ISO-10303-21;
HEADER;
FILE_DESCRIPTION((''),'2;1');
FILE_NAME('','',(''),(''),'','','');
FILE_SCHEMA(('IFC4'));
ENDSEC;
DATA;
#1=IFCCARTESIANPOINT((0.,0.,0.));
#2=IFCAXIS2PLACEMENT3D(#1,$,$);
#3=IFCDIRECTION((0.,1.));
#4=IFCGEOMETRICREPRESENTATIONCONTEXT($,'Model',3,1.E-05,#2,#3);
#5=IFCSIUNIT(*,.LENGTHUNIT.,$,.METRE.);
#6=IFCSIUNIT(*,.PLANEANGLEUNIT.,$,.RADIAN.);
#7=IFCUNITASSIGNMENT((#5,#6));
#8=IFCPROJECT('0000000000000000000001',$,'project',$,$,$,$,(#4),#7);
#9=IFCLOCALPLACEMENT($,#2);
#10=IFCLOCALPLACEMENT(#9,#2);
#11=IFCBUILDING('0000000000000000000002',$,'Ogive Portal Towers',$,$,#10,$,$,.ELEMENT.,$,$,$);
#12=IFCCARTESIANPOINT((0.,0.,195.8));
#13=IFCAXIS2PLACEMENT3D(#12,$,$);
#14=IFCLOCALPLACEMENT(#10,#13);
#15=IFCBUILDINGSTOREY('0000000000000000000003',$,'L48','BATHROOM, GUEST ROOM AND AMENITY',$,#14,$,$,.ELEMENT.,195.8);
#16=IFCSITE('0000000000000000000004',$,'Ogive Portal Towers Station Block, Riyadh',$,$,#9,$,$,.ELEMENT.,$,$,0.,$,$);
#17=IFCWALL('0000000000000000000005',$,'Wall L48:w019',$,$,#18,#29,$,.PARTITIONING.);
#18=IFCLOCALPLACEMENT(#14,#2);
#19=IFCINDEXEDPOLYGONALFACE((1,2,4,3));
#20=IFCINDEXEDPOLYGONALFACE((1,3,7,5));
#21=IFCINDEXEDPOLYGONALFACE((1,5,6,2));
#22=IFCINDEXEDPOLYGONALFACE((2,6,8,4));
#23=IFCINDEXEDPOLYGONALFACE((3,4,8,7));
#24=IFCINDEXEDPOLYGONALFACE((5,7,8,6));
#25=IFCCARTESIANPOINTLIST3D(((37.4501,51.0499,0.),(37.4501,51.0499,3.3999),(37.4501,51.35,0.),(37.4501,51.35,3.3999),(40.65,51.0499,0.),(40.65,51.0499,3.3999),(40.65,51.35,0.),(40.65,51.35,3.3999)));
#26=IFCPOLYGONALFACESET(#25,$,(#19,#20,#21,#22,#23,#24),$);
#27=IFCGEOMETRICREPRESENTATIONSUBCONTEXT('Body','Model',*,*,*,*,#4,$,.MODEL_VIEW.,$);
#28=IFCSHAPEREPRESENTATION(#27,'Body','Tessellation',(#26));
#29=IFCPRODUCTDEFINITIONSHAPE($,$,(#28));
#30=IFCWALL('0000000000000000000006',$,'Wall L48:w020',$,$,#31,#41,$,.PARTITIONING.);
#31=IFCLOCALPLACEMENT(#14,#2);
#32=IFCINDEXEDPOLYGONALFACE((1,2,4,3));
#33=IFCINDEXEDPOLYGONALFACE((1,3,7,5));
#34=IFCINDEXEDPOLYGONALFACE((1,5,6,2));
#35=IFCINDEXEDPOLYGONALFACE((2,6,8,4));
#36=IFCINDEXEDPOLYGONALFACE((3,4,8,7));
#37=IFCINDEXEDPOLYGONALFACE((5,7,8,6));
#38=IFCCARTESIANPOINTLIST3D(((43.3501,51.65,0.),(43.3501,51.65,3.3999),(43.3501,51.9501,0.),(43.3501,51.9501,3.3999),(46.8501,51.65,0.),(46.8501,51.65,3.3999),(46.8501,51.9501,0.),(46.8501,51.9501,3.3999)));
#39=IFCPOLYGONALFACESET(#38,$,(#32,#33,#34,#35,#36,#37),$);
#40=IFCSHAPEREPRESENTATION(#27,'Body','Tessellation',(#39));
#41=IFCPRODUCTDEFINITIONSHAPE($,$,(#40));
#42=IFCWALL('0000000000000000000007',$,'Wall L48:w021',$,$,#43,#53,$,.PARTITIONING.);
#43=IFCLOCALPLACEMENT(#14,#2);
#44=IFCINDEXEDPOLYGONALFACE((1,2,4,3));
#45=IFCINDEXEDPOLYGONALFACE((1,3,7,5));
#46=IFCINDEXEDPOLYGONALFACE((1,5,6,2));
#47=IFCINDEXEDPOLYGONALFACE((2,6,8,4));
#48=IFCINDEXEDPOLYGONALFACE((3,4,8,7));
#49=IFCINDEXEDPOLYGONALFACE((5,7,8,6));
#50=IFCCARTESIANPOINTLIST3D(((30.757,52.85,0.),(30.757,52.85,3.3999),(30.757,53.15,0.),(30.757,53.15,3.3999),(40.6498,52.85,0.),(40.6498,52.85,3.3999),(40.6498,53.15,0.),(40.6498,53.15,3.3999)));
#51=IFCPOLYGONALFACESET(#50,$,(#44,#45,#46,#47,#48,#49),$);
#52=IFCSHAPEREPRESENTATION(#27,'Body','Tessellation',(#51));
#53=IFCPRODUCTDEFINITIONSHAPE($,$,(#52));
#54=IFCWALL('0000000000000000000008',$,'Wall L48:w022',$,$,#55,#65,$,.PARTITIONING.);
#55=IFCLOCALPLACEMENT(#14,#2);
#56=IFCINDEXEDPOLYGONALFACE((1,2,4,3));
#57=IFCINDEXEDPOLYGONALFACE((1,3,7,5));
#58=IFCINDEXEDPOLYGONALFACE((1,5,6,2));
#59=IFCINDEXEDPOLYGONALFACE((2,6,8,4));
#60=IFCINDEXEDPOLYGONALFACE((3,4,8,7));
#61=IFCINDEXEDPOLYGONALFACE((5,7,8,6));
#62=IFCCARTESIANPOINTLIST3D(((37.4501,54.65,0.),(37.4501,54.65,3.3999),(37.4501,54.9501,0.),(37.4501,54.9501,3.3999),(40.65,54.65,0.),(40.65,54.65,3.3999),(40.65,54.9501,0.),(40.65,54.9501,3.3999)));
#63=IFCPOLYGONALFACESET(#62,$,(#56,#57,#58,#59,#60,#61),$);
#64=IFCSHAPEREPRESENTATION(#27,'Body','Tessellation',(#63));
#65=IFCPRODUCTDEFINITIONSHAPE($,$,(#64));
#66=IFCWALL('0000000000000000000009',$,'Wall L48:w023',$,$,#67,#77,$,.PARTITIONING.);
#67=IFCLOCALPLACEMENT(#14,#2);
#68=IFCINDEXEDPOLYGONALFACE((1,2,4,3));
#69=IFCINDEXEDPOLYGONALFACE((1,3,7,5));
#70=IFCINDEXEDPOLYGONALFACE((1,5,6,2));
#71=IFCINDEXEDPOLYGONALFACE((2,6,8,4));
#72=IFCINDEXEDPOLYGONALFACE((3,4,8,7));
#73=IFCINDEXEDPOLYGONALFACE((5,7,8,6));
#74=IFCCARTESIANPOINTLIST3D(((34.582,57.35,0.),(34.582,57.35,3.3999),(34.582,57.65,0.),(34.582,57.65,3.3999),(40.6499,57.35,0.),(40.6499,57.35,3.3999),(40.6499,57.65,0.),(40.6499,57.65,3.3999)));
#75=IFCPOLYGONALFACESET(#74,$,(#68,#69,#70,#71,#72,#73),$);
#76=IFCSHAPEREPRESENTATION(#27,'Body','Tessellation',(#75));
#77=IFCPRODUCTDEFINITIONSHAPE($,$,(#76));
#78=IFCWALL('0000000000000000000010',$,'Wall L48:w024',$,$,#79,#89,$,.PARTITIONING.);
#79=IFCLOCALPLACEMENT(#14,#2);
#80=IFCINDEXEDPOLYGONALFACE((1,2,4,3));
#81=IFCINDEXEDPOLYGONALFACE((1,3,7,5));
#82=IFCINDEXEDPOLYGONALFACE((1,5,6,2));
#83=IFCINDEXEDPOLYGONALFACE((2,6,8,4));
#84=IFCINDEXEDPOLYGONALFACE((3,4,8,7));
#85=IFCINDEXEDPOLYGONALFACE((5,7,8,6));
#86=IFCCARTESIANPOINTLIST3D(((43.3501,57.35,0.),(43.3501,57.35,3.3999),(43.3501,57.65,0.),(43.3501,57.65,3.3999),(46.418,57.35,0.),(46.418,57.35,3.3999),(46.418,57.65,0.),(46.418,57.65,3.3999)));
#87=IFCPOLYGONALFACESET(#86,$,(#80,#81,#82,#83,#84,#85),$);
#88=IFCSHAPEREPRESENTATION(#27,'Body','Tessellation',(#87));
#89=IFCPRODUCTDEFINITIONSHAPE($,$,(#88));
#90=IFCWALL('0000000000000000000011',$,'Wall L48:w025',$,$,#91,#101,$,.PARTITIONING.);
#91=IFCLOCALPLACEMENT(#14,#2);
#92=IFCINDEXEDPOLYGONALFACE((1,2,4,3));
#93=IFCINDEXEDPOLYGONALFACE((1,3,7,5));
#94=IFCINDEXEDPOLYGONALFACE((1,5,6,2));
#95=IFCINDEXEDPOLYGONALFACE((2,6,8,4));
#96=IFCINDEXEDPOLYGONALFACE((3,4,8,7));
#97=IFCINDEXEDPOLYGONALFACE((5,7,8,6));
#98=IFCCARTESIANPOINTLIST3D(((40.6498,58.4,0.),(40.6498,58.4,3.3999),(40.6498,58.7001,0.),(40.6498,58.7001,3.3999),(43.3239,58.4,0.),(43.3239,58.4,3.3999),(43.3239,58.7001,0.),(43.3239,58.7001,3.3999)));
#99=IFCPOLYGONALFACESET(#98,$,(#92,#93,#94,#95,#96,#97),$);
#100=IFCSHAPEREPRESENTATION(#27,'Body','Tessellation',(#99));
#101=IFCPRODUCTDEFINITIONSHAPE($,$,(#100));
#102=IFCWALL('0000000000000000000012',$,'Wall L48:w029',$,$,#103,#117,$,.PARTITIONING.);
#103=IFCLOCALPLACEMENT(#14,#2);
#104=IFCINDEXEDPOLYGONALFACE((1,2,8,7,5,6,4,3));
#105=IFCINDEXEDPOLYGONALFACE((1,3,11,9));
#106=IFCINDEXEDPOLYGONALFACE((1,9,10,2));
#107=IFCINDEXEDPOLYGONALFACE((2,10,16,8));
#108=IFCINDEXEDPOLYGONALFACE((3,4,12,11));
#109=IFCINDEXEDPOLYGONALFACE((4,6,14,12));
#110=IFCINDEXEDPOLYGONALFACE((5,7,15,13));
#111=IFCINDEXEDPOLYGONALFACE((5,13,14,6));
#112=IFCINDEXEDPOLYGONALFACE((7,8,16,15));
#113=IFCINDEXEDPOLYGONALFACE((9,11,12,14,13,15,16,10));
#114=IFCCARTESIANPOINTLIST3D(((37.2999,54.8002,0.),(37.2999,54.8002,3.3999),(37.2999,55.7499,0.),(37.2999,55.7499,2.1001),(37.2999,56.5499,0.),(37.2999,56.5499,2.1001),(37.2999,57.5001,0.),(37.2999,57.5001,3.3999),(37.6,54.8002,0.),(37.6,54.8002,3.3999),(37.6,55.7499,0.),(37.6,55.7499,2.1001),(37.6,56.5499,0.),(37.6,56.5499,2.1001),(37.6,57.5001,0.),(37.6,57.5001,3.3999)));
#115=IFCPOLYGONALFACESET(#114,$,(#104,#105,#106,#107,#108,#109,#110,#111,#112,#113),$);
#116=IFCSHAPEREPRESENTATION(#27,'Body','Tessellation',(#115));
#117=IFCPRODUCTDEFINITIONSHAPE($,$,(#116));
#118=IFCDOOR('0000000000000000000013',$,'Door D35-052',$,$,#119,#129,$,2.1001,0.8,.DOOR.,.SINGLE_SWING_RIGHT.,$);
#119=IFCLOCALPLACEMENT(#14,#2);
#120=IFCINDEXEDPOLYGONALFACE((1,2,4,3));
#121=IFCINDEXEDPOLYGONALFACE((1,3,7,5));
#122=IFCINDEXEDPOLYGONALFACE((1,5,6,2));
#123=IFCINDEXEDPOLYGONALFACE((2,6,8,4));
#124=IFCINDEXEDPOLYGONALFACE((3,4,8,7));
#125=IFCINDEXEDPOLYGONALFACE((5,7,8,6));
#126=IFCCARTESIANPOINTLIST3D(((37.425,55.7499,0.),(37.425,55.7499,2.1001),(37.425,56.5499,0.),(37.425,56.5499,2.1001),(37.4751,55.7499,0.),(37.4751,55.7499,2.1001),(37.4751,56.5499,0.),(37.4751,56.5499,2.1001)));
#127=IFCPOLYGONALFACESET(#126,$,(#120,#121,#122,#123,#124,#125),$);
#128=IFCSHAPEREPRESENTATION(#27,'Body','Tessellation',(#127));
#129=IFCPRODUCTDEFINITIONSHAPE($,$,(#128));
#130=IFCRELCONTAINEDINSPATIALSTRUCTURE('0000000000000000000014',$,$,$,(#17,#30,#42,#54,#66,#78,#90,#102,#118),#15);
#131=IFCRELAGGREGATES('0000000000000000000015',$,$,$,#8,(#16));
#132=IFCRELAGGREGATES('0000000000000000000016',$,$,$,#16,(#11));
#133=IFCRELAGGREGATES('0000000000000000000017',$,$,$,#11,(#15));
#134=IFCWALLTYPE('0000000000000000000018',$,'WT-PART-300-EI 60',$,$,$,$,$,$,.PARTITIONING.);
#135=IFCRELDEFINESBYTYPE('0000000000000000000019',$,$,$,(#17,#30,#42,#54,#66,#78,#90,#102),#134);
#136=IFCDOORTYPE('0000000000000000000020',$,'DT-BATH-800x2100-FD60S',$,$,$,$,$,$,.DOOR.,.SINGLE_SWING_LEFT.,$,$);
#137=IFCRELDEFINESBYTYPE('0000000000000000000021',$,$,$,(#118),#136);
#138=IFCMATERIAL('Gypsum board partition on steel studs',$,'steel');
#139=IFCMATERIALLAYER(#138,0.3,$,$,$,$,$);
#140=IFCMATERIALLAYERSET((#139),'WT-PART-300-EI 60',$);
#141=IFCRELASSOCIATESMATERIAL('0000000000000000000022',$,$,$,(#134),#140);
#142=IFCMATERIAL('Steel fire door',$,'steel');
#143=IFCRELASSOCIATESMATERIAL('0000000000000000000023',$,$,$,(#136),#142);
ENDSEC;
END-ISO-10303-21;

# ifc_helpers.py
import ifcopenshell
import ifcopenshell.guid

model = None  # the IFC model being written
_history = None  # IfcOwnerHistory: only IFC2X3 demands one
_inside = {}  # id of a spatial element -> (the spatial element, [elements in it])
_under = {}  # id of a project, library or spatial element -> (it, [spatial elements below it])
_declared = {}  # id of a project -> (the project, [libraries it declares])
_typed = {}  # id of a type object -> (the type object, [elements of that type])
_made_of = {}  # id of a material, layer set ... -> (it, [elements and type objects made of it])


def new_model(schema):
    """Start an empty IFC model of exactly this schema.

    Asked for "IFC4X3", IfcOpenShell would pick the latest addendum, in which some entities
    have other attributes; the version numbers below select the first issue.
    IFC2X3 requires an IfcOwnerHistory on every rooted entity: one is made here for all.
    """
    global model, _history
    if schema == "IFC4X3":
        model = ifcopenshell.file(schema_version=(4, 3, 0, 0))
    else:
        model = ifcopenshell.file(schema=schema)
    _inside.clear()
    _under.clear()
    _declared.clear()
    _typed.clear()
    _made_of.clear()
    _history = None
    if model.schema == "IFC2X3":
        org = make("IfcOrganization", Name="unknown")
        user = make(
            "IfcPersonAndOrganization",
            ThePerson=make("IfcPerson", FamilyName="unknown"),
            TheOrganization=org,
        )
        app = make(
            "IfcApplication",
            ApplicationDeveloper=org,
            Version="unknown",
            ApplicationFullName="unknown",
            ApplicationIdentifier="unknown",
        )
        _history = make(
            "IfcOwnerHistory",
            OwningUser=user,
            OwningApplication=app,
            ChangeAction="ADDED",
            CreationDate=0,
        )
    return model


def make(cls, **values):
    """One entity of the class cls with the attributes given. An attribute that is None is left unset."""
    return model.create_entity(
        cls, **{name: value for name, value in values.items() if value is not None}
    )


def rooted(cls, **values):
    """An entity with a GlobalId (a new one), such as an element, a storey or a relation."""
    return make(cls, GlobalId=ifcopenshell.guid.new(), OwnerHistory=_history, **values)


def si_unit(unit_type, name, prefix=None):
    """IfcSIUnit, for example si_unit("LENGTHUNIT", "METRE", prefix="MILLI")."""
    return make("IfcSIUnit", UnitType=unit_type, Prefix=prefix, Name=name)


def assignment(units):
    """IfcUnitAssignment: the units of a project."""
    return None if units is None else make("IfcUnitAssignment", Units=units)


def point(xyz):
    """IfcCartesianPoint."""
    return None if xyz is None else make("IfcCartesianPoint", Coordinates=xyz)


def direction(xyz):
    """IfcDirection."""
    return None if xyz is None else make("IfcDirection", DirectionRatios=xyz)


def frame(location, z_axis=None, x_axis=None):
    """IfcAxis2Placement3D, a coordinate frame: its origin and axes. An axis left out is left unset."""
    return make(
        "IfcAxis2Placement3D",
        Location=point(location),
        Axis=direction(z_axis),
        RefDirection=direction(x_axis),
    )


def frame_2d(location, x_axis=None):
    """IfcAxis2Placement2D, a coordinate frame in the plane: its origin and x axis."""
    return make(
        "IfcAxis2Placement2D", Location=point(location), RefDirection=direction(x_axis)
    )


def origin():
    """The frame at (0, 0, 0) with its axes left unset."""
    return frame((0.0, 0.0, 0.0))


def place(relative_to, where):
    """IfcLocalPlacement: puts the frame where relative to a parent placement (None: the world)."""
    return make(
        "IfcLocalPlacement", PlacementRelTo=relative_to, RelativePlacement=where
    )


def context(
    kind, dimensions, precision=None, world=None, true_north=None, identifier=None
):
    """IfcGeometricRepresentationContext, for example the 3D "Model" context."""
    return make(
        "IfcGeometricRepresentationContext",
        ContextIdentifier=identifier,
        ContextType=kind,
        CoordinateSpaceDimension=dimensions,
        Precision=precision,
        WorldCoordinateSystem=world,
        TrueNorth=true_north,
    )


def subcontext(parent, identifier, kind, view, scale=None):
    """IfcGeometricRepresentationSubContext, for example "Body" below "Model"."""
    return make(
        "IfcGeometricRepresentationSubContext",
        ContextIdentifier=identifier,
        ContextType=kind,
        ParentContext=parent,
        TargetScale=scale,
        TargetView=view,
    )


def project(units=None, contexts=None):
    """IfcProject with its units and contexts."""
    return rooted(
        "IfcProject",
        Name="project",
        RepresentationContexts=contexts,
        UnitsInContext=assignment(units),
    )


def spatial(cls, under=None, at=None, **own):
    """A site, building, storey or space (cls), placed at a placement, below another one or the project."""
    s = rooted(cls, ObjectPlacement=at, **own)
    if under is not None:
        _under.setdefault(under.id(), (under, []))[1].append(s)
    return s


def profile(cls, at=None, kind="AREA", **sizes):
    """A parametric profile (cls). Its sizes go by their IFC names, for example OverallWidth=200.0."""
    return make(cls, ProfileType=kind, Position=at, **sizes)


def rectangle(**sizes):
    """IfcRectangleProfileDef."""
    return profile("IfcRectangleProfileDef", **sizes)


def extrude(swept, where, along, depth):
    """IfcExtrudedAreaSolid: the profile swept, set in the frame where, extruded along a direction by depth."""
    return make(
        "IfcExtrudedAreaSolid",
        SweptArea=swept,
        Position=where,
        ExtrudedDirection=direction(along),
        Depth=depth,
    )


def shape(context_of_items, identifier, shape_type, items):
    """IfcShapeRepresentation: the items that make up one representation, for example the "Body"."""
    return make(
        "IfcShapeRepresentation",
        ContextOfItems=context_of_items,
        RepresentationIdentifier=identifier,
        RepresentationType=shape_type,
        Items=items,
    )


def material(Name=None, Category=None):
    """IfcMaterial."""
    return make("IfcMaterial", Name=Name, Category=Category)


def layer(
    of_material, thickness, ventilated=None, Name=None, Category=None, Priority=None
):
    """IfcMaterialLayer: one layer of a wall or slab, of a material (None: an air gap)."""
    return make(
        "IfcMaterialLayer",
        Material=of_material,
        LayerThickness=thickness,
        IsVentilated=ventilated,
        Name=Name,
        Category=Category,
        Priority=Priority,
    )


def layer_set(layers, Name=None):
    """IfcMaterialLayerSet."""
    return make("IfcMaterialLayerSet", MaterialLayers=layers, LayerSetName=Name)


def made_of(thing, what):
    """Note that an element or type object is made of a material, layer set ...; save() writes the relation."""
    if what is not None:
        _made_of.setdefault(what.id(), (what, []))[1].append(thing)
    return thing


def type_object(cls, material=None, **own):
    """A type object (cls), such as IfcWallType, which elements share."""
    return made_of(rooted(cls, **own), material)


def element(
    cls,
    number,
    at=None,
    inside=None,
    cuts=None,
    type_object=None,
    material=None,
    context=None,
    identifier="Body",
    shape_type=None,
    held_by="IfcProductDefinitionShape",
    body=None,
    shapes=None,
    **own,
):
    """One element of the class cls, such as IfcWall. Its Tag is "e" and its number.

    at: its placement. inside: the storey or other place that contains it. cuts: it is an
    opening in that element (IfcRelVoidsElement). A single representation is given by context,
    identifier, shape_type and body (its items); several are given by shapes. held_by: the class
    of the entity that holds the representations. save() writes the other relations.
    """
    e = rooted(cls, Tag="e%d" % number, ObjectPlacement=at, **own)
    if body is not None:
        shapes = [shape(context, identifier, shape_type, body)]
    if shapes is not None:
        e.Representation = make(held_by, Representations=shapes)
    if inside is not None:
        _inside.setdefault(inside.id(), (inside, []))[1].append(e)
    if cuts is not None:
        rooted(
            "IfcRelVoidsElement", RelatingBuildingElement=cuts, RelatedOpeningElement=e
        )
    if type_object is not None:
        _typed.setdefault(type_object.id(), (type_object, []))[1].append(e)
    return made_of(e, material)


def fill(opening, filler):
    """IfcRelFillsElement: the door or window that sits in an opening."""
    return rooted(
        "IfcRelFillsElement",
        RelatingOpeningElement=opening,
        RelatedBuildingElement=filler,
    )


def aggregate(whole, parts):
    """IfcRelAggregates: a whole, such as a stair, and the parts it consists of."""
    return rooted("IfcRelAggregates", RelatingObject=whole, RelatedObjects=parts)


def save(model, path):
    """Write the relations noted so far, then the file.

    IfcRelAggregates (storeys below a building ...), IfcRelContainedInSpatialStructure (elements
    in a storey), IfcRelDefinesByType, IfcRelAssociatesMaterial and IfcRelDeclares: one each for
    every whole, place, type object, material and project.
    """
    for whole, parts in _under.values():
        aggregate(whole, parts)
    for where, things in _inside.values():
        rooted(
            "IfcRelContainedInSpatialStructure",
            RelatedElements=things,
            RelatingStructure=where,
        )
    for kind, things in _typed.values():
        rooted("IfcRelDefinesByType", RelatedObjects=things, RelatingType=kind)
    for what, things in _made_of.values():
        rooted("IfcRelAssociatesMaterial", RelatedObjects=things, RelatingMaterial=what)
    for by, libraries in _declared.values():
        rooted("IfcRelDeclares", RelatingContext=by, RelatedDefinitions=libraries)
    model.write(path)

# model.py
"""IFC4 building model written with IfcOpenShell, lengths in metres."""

from ifc_helpers import new_model, si_unit, direction, frame, frame_2d, origin, place, context, subcontext, project, spatial, rectangle, extrude, material, layer, layer_set, type_object, element, fill, save


model = new_model("IFC4")

# Units and contexts
model_context = context("Model", 3, precision=1e-05, world=origin(), true_north=direction((0.0, 1.0)))
body_context = subcontext(model_context, "Body", "Model", "MODEL_VIEW")
ifc_project = project(units=[si_unit("LENGTHUNIT", "METRE"), si_unit("PLANEANGLEUNIT", "RADIAN")], contexts=[model_context])

# Site, building, storey
site_placement = place(None, origin())
site = spatial("IfcSite", under=ifc_project, at=site_placement, Name="Ogive Portal Towers Station Block, Riyadh", CompositionType="ELEMENT", RefElevation=0.0)
building_placement = place(site_placement, origin())
building = spatial("IfcBuilding", under=site, at=building_placement, Name="Ogive Portal Towers", CompositionType="ELEMENT")
storey_placement = place(building_placement, frame((0.0, 0.0, 195.8)))
storey = spatial("IfcBuildingStorey", under=building, at=storey_placement, Name="L48", Description="BATHROOM, GUEST ROOM AND AMENITY", CompositionType="ELEMENT", Elevation=195.8)

# Walls
ifc_material_1 = material(Name="Gypsum board partition on steel studs", Category="steel")
ifc_layer_1 = layer(ifc_material_1, 0.3)
ifc_layer_set_1 = layer_set([ifc_layer_1], Name="WT-PART-300-EI 60")
wall_type_1 = type_object("IfcWallType", Name="WT-PART-300-EI 60", PredefinedType="PARTITIONING", material=ifc_layer_set_1)
wall_1_placement = place(storey_placement, frame((37.45, 51.2, 0.0), z_axis=(0.0, 0.0, 1.0), x_axis=(1.0, 0.0, 0.0)))
element("IfcWall", 1, at=wall_1_placement, inside=storey, type_object=wall_type_1, Name="Wall L48:w019", PredefinedType="PARTITIONING", context=body_context, shape_type="SweptSolid", body=[
    extrude(rectangle(XDim=3.2, YDim=0.3, at=frame_2d((1.6001, 0.0))), origin(), (0.0, 0.0, 1.0), 3.3999),
])
wall_2_placement = place(storey_placement, frame((43.3501, 51.8, 0.0), z_axis=(0.0, 0.0, 1.0), x_axis=(1.0, 0.0, 0.0)))
element("IfcWall", 2, at=wall_2_placement, inside=storey, type_object=wall_type_1, Name="Wall L48:w020", PredefinedType="PARTITIONING", context=body_context, shape_type="SweptSolid", body=[
    extrude(rectangle(XDim=3.5, YDim=0.3, at=frame_2d((1.75, 0.0))), origin(), (0.0, 0.0, 1.0), 3.3999),
])
wall_3_placement = place(storey_placement, frame((30.7571, 53.0, 0.0), z_axis=(0.0, 0.0, 1.0), x_axis=(1.0, 0.0, 0.0)))
element("IfcWall", 3, at=wall_3_placement, inside=storey, type_object=wall_type_1, Name="Wall L48:w021", PredefinedType="PARTITIONING", context=body_context, shape_type="SweptSolid", body=[
    extrude(rectangle(XDim=9.8928, YDim=0.3, at=frame_2d((4.9463, 0.0))), origin(), (0.0, 0.0, 1.0), 3.3999),
])
wall_4_placement = place(storey_placement, frame((37.45, 54.8, 0.0), z_axis=(0.0, 0.0, 1.0), x_axis=(1.0, 0.0, 0.0)))
element("IfcWall", 4, at=wall_4_placement, inside=storey, type_object=wall_type_1, Name="Wall L48:w022", PredefinedType="PARTITIONING", context=body_context, shape_type="SweptSolid", body=[
    extrude(rectangle(XDim=3.2, YDim=0.3, at=frame_2d((1.6001, 0.0))), origin(), (0.0, 0.0, 1.0), 3.3999),
])
wall_5_placement = place(storey_placement, frame((34.582, 57.5, 0.0), z_axis=(0.0, 0.0, 1.0), x_axis=(1.0, 0.0, 0.0)))
element("IfcWall", 5, at=wall_5_placement, inside=storey, type_object=wall_type_1, Name="Wall L48:w023", PredefinedType="PARTITIONING", context=body_context, shape_type="SweptSolid", body=[
    extrude(rectangle(XDim=6.0679, YDim=0.3, at=frame_2d((3.0339, 0.0))), origin(), (0.0, 0.0, 1.0), 3.3999),
])
wall_6_placement = place(storey_placement, frame((43.3501, 57.5, 0.0), z_axis=(0.0, 0.0, 1.0), x_axis=(1.0, 0.0, 0.0)))
element("IfcWall", 6, at=wall_6_placement, inside=storey, type_object=wall_type_1, Name="Wall L48:w024", PredefinedType="PARTITIONING", context=body_context, shape_type="SweptSolid", body=[
    extrude(rectangle(XDim=3.0679, YDim=0.3, at=frame_2d((1.5339, 0.0))), origin(), (0.0, 0.0, 1.0), 3.3999),
])
wall_7_placement = place(storey_placement, frame((40.6499, 58.55, 0.0), z_axis=(0.0, 0.0, 1.0), x_axis=(1.0, 0.0, 0.0)))
element("IfcWall", 7, at=wall_7_placement, inside=storey, type_object=wall_type_1, Name="Wall L48:w025", PredefinedType="PARTITIONING", context=body_context, shape_type="SweptSolid", body=[
    extrude(rectangle(XDim=2.6741, YDim=0.3, at=frame_2d((1.3369, 0.0))), origin(), (0.0, 0.0, 1.0), 3.3999),
])

# Wall, opening, door
wall_8_placement = place(storey_placement, frame((37.45, 54.8, 0.0), z_axis=(0.0, 0.0, 1.0), x_axis=(0.0, 1.0, 0.0)))
wall_8 = element("IfcWall", 8, at=wall_8_placement, inside=storey, type_object=wall_type_1, Name="Wall L48:w029", PredefinedType="PARTITIONING", context=body_context, shape_type="SweptSolid", body=[
    extrude(rectangle(XDim=2.7, YDim=0.3, at=frame_2d((1.3501, 0.0))), origin(), (0.0, 0.0, 1.0), 3.3999),
])
opening_1_placement = place(wall_8_placement, frame((0.95, 0.0, 0.0)))
opening_1 = element("IfcOpeningElement", 9, at=opening_1_placement, cuts=wall_8, PredefinedType="OPENING", context=body_context, shape_type="SweptSolid", body=[
    extrude(rectangle(XDim=0.8, YDim=2.1001, at=frame_2d((0.3999, 1.05))), frame((0.0, 0.1602, 0.0), z_axis=(0.0, -1.0, 0.0), x_axis=(1.0, 0.0, 0.0)), (0.0, 0.0, 1.0), 0.3201),
])
ifc_material_2 = material(Name="Steel fire door", Category="steel")
door_type = type_object("IfcDoorType", Name="DT-BATH-800x2100-FD60S", OperationType="SINGLE_SWING_LEFT", PredefinedType="DOOR", material=ifc_material_2)
door_placement = place(opening_1_placement, origin())
door = element("IfcDoor", 10, at=door_placement, inside=storey, type_object=door_type, Name="Door D35-052", OperationType="SINGLE_SWING_RIGHT", OverallHeight=2.1001, OverallWidth=0.8, PredefinedType="DOOR", context=body_context, shape_type="SweptSolid", body=[
    extrude(rectangle(XDim=0.8, YDim=2.1001, at=frame_2d((0.3999, 1.05))), frame((0.0, 0.0249, 0.0), z_axis=(0.0, -1.0, 0.0), x_axis=(1.0, 0.0, 0.0)), (0.0, 0.0, 1.0), 0.05),
])
fill(opening_1, door)

save(model, "model.ifc")
